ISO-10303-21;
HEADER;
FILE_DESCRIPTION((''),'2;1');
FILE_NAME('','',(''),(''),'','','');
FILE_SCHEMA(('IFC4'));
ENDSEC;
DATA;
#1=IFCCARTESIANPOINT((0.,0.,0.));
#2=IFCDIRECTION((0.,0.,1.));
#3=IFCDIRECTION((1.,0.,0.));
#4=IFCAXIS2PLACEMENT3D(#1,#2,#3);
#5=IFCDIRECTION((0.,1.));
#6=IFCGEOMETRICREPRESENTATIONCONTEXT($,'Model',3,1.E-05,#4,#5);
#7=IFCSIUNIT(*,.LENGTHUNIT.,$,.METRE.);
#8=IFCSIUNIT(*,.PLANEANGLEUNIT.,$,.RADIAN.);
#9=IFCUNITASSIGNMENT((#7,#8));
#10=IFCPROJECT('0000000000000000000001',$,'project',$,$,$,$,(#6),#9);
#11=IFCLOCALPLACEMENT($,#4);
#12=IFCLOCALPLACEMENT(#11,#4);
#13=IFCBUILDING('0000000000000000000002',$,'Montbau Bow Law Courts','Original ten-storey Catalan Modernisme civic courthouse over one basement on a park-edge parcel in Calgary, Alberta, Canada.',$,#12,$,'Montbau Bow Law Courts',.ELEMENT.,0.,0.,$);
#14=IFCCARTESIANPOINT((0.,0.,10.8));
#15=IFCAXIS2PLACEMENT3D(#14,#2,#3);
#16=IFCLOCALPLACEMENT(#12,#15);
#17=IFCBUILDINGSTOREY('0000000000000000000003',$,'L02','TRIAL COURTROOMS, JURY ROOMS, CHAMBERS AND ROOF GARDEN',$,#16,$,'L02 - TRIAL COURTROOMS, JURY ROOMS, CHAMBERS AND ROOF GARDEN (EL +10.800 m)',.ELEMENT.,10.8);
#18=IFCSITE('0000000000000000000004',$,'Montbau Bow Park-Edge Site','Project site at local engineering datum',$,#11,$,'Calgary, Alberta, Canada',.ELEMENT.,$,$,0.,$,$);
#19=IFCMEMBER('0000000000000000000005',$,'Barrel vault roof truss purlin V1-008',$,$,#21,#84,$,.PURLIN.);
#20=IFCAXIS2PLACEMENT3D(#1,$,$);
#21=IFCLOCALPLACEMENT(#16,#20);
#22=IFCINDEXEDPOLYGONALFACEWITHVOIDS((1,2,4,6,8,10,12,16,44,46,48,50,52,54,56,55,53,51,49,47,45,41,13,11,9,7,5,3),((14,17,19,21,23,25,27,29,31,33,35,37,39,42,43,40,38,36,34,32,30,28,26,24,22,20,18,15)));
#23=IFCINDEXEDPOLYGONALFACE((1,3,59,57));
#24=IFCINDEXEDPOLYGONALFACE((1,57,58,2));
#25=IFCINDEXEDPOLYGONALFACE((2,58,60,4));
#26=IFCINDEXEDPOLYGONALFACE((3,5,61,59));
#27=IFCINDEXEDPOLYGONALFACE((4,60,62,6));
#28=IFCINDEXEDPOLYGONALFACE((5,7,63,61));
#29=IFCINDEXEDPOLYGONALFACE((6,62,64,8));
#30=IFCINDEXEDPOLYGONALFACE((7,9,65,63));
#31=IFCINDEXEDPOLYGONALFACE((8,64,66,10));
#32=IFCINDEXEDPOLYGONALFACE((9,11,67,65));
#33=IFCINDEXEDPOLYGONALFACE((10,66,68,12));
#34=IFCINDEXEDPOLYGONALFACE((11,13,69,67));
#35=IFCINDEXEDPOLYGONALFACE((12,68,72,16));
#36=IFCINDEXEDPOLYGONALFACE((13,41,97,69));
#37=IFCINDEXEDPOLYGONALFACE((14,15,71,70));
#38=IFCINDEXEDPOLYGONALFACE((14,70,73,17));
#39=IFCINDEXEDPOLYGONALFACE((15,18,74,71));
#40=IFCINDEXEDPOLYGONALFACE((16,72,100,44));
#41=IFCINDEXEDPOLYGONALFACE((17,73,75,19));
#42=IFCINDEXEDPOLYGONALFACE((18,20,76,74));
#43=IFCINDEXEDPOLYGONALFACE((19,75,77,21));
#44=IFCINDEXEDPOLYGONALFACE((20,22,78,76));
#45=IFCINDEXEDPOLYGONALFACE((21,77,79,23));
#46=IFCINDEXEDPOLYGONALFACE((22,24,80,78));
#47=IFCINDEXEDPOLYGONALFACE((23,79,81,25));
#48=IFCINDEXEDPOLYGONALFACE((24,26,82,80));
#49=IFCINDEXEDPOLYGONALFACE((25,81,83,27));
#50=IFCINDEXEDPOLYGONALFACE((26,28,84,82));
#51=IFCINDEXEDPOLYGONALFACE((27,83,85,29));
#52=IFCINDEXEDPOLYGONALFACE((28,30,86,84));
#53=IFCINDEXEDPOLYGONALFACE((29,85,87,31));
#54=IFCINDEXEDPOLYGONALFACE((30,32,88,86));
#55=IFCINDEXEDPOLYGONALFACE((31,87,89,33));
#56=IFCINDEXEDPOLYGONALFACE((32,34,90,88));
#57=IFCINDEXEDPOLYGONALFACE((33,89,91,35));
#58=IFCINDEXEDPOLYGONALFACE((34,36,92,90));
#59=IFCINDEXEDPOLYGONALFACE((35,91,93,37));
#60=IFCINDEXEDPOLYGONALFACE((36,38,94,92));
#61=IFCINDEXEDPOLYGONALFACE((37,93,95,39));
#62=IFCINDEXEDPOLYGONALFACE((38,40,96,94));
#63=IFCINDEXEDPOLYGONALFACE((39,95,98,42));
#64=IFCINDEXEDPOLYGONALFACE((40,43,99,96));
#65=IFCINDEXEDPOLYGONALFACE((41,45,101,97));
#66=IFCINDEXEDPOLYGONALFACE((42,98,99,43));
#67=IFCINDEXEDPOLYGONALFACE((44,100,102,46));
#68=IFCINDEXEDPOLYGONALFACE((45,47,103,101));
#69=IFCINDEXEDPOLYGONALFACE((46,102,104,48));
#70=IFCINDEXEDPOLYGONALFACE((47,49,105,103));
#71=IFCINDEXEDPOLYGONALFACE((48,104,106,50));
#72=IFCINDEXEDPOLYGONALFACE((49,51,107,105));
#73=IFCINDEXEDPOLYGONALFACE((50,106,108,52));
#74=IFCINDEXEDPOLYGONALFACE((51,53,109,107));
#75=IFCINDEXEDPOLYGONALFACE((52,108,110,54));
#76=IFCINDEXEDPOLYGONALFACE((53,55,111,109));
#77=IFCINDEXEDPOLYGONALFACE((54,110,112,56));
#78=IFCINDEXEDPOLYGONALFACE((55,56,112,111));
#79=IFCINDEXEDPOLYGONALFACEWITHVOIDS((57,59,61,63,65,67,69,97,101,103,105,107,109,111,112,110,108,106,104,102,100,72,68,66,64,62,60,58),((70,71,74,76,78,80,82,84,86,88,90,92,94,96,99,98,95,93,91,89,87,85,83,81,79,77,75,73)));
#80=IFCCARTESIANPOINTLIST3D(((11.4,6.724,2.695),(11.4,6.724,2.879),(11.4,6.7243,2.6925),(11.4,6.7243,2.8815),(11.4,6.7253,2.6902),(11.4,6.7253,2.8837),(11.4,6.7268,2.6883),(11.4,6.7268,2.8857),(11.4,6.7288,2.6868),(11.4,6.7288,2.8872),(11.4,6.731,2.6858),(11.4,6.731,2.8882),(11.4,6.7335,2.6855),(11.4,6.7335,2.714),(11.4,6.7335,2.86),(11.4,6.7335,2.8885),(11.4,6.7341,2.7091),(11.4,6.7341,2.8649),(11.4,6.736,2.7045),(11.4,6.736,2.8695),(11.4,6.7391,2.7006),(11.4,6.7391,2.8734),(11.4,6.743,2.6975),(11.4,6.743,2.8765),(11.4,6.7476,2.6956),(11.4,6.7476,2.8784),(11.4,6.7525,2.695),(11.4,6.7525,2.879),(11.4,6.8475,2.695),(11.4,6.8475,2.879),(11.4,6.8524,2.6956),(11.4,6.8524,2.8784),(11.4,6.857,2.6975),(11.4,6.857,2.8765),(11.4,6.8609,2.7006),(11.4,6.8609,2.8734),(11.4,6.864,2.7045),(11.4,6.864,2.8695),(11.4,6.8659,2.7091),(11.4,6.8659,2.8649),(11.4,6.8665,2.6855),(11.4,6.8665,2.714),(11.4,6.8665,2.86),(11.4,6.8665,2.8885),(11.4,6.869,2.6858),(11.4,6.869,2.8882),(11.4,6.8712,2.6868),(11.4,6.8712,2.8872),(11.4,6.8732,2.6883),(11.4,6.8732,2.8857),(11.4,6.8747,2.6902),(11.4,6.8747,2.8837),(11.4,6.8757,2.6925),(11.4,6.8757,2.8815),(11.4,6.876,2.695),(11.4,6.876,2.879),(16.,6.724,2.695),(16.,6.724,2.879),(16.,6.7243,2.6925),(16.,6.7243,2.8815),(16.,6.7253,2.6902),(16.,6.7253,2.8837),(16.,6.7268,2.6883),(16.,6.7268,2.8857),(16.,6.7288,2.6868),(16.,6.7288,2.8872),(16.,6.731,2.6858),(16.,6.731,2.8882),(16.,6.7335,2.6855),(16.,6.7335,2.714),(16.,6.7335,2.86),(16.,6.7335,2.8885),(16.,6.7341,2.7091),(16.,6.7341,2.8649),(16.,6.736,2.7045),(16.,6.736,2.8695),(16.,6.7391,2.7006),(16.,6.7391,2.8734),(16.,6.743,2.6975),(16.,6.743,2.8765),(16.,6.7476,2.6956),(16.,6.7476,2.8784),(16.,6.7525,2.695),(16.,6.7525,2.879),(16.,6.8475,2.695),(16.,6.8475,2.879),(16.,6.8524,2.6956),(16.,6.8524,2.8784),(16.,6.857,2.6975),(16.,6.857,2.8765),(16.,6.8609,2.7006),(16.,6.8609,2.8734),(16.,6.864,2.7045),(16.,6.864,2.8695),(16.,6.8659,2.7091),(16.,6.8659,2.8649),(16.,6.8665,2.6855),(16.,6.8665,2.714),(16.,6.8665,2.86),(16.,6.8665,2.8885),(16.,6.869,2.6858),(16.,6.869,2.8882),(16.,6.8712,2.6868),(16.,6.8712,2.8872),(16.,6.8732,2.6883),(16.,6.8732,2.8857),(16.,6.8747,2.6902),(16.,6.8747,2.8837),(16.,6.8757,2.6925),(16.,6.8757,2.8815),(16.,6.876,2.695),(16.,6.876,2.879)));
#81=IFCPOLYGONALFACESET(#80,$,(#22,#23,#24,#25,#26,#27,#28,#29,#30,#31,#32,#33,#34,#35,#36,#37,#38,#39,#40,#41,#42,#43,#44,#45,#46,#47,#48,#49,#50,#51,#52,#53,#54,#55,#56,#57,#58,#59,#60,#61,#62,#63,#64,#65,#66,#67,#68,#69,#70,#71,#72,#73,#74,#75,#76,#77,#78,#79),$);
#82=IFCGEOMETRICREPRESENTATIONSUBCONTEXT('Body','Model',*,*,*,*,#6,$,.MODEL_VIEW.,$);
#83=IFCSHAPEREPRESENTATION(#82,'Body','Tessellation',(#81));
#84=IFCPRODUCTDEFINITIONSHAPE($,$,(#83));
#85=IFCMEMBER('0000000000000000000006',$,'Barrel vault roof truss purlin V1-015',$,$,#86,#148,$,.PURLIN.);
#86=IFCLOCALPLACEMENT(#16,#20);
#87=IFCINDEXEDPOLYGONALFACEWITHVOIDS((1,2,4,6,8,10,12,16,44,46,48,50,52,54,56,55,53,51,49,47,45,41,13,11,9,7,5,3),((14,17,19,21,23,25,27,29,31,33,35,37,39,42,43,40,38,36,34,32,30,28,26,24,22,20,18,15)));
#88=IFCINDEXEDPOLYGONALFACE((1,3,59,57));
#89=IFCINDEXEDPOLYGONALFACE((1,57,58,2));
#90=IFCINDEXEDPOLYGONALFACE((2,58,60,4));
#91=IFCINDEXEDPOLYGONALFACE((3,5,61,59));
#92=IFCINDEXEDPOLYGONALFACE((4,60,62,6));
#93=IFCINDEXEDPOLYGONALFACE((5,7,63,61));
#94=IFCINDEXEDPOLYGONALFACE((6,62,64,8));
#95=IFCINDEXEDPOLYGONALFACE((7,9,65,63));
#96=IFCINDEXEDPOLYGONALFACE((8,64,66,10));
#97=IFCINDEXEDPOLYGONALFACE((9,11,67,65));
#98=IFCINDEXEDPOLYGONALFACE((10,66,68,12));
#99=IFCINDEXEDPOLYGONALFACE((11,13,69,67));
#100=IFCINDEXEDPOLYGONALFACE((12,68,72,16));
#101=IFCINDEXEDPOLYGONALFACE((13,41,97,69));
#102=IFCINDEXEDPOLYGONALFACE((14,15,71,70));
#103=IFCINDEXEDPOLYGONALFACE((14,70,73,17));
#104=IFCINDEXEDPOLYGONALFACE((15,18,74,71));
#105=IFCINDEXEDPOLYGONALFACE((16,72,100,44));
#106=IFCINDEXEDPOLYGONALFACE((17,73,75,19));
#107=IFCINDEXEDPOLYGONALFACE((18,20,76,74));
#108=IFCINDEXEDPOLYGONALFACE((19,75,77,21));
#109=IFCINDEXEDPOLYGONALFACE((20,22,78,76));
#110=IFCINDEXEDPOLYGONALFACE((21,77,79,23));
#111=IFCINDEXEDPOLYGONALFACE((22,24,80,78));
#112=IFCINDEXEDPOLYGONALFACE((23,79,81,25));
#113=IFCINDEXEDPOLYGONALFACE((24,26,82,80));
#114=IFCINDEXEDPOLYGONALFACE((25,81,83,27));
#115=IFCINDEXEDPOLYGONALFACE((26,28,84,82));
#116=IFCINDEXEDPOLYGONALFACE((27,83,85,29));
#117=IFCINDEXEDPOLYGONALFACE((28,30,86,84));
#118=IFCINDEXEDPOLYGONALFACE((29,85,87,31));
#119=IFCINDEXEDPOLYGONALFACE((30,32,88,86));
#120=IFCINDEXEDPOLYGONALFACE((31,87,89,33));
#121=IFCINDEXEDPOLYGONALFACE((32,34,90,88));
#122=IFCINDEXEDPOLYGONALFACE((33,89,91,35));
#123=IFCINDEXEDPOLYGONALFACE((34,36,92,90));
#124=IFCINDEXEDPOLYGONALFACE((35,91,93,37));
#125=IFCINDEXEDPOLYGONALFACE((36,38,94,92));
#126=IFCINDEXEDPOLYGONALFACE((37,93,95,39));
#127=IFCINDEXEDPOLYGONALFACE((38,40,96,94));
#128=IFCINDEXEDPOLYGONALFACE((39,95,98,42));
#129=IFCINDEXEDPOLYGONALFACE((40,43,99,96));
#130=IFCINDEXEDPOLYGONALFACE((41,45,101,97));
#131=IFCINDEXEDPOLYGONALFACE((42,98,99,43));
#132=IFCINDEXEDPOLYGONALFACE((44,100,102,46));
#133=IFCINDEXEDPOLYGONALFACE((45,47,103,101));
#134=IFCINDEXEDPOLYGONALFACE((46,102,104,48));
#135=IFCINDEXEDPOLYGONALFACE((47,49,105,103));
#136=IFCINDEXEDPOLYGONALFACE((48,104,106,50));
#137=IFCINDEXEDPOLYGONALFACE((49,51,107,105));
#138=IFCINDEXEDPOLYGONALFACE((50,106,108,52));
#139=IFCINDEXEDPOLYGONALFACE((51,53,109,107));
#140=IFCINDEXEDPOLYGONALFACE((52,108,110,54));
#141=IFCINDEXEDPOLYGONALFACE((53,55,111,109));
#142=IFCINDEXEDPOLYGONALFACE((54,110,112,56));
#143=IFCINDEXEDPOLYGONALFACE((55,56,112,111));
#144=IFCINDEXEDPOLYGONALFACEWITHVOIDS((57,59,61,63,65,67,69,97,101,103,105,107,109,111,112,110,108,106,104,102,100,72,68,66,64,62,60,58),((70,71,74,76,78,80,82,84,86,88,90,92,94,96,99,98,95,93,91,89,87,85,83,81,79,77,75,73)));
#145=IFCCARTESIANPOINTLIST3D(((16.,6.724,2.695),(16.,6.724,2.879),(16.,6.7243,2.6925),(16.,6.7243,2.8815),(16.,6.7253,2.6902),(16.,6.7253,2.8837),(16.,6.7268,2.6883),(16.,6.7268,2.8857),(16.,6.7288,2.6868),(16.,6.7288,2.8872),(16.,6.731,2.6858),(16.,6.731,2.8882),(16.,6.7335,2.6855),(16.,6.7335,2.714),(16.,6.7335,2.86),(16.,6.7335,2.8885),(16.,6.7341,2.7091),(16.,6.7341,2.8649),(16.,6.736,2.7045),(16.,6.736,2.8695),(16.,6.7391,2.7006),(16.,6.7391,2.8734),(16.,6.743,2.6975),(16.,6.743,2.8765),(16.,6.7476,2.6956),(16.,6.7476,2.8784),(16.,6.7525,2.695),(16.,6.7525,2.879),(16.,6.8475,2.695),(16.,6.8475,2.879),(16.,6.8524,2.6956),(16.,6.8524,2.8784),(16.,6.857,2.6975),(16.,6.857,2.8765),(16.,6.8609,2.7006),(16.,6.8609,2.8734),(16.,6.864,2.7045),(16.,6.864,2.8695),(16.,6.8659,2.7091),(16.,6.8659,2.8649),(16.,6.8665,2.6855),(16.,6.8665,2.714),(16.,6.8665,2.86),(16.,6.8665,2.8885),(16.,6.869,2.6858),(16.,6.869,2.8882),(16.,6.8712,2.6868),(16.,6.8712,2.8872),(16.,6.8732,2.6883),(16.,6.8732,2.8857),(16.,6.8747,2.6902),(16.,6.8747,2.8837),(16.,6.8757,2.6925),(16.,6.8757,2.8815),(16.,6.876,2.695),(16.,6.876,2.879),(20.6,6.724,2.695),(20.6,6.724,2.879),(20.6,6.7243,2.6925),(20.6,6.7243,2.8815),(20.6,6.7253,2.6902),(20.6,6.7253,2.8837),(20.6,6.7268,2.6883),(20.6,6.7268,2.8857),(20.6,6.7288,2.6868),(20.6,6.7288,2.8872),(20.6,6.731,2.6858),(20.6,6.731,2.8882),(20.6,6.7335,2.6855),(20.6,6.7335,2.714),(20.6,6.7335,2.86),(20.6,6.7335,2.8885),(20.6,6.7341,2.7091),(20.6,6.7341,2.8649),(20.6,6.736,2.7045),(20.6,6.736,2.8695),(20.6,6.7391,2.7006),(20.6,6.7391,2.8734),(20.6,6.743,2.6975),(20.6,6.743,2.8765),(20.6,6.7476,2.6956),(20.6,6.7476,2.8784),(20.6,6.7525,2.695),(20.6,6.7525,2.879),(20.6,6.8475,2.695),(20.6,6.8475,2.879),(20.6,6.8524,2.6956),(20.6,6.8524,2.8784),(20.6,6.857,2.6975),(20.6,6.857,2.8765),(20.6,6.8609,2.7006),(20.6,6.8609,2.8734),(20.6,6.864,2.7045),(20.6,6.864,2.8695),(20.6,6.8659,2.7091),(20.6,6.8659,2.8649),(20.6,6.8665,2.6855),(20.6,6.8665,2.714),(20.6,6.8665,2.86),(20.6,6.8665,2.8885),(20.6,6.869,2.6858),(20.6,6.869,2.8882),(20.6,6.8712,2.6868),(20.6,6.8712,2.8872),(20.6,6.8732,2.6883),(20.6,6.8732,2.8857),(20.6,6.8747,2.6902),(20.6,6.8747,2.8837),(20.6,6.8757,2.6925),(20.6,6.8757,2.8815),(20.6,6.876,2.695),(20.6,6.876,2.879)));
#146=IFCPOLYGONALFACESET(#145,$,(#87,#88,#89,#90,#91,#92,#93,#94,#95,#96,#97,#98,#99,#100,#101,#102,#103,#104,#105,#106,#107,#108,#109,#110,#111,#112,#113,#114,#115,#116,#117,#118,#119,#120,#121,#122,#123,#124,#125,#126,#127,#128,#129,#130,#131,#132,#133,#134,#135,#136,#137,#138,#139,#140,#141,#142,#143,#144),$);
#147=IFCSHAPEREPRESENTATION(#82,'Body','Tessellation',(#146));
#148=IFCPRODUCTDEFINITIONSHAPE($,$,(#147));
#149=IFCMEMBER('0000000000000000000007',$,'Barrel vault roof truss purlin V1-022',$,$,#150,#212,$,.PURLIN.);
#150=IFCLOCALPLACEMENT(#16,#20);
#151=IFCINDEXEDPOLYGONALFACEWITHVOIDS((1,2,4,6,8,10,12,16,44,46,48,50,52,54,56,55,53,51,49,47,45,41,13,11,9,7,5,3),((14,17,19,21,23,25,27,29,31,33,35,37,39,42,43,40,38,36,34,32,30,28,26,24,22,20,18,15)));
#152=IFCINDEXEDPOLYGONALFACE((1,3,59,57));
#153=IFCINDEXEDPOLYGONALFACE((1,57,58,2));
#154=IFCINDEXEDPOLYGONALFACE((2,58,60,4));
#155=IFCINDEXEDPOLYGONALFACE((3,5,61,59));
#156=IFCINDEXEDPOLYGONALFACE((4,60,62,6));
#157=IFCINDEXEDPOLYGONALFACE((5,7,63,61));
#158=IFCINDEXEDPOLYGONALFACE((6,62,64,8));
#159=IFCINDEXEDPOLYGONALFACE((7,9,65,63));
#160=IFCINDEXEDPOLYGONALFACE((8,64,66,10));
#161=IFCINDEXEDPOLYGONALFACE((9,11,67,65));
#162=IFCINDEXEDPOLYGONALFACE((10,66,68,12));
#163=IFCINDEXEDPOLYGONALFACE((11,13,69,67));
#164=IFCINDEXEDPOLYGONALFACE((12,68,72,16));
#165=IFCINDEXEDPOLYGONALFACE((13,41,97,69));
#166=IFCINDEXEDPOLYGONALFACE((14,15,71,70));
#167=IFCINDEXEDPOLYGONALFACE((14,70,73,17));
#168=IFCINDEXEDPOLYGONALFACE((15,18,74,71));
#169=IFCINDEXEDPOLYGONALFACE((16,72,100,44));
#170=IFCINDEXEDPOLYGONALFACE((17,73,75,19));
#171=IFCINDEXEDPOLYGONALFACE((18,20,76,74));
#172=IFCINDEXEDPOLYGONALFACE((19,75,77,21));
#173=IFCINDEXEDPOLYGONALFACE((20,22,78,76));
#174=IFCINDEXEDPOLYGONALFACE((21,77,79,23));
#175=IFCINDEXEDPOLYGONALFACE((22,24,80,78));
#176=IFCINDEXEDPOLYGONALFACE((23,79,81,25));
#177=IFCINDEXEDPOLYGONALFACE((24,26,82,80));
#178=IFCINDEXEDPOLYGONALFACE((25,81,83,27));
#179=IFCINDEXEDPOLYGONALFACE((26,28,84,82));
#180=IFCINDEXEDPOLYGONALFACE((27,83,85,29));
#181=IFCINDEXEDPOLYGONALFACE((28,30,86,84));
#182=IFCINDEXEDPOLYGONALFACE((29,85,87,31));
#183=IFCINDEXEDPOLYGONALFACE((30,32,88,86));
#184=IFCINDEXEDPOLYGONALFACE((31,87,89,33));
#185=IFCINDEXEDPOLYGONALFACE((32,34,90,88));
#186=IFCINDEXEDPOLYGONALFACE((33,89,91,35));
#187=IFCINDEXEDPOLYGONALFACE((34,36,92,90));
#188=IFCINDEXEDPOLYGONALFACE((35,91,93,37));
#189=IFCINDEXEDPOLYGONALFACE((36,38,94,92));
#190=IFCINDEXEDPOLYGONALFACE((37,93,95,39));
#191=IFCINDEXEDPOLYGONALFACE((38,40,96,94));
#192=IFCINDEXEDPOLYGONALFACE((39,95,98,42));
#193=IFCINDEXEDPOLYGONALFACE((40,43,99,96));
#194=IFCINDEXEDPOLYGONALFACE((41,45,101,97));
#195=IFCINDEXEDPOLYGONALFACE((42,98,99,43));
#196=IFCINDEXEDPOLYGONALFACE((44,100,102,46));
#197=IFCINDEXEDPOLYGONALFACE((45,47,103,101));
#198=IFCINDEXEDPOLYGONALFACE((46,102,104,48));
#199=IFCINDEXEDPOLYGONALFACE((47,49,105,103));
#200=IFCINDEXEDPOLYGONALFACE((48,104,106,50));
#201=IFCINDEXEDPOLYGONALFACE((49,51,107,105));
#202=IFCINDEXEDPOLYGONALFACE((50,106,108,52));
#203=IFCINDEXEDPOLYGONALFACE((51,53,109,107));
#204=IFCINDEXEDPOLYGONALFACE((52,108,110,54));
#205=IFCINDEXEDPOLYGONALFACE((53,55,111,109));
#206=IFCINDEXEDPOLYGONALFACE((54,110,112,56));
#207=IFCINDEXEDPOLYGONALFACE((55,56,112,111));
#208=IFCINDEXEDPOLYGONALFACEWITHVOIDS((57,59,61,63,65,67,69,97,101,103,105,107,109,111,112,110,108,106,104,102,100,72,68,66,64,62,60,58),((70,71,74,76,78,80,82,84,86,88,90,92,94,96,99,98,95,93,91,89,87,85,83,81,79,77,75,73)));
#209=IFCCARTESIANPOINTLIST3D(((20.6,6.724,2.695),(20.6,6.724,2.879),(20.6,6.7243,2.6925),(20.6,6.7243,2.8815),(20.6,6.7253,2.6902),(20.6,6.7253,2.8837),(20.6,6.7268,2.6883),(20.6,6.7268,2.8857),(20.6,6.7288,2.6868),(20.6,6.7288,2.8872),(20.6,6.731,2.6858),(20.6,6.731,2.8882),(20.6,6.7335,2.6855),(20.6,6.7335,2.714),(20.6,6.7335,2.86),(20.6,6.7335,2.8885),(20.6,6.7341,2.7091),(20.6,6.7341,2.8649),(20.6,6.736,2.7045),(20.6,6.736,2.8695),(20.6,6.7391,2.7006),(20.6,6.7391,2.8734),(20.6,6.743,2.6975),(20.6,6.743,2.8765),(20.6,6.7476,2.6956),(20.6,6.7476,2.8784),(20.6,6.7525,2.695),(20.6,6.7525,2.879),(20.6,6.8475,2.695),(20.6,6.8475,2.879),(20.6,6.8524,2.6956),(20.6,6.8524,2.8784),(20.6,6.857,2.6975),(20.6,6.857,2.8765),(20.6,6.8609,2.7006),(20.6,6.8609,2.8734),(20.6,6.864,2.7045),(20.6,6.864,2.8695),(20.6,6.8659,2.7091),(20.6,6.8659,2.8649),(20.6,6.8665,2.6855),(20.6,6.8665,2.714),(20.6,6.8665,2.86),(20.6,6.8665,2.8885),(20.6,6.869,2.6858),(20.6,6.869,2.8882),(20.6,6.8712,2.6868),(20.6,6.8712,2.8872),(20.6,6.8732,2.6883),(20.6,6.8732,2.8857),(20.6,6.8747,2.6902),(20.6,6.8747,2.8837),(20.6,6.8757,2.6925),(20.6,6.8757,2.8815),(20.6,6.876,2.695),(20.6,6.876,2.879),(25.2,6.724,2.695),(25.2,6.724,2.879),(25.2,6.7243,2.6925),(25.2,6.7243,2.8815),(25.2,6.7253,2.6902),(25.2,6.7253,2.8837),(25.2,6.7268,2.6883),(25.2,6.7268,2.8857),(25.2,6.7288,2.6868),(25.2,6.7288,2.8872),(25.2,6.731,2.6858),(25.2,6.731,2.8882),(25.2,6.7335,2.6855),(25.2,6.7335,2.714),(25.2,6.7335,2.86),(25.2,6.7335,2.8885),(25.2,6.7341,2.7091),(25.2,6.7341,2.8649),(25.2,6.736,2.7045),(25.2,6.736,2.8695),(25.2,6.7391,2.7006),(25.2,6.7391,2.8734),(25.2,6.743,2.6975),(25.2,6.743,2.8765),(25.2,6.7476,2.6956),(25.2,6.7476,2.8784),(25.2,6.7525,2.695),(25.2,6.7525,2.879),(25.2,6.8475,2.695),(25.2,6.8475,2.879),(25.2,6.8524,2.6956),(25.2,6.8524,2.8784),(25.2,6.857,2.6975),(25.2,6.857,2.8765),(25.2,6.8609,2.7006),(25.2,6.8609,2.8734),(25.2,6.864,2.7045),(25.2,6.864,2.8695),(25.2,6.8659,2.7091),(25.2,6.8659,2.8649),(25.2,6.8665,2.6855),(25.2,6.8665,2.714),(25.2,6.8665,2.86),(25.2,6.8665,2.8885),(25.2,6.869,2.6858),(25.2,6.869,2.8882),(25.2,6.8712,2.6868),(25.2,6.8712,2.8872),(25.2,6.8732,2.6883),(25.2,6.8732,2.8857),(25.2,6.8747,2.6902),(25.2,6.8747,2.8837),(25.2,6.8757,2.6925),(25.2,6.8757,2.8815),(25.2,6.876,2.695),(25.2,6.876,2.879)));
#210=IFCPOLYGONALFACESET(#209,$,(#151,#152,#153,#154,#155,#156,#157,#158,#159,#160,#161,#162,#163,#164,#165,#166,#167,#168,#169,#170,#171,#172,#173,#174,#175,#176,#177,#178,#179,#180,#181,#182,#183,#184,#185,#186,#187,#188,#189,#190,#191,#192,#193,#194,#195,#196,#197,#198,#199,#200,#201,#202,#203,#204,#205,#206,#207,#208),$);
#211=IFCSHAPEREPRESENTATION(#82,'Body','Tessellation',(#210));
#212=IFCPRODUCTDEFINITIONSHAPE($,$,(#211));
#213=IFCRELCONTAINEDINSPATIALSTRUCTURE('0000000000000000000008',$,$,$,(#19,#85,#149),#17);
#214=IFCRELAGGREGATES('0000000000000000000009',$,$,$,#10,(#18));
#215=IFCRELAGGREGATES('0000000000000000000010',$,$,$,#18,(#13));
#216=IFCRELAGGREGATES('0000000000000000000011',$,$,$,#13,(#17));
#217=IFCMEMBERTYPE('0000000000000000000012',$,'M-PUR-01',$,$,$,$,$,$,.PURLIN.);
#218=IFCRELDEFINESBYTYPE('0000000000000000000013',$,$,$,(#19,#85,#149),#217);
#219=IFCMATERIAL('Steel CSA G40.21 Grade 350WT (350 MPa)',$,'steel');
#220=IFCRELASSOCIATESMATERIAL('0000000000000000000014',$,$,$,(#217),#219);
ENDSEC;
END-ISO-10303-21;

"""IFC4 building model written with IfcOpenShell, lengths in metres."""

from ifc_helpers import new_model, si_unit, direction, frame, origin_with_axes, origin_2d_with_axis, place, context, subcontext, project, spatial, hollow_rectangle, extrude, material, material_profile, profile_set, type_object, element, save


model = new_model("IFC4")

# Units and contexts
model_context = context("Model", 3, precision=1e-05, world=origin_with_axes(), true_north=direction((0.0, 1.0)))
body_context = subcontext(model_context, "Body", "Model", "MODEL_VIEW")
ifc_project = project(units=[si_unit("LENGTHUNIT", "METRE"), si_unit("PLANEANGLEUNIT", "RADIAN")], contexts=[model_context])

# Site, building, storey
site_placement = place(None, origin_with_axes())
site = spatial("IfcSite", under=ifc_project, at=site_placement, Name="Montbau Bow Park-Edge Site", Description="Project site at local engineering datum", LongName="Calgary, Alberta, Canada", CompositionType="ELEMENT", RefElevation=0.0)
building_placement = place(site_placement, origin_with_axes())
building = spatial("IfcBuilding", under=site, at=building_placement, Name="Montbau Bow Law Courts", Description="Original ten-storey Catalan Modernisme civic courthouse over one basement on a park-edge parcel in Calgary, Alberta, Canada.", LongName="Montbau Bow Law Courts", CompositionType="ELEMENT", ElevationOfRefHeight=0.0, ElevationOfTerrain=0.0)
storey_placement = place(building_placement, frame((0.0, 0.0, 10.8), z_axis=(0.0, 0.0, 1.0), x_axis=(1.0, 0.0, 0.0)))
storey = spatial("IfcBuildingStorey", under=building, at=storey_placement, Name="L02", Description="TRIAL COURTROOMS, JURY ROOMS, CHAMBERS AND ROOF GARDEN", LongName="L02 - TRIAL COURTROOMS, JURY ROOMS, CHAMBERS AND ROOF GARDEN (EL +10.800 m)", CompositionType="ELEMENT", Elevation=10.8)

# Shared definitions
ifc_material_1 = material(Name="Steel CSA G40.21 Grade 350WT (350 MPa)", Category="steel")

# Members
ifc_material_profile_1 = material_profile(ifc_material_1, hollow_rectangle(XDim=0.152, YDim=0.203, WallThickness=0.0095, InnerFilletRadius=0.019, OuterFilletRadius=0.0095, at=origin_2d_with_axis()), Name="HSS203X152X9.5", Category="Main", Priority=0)
ifc_profile_set_1 = profile_set([ifc_material_profile_1], Name="Steel CSA G40.21 Grade 350WT (350 MPa)")
member_type_1 = type_object("IfcMemberType", Name="M-PUR-01", PredefinedType="PURLIN", material=ifc_profile_set_1)
for number, where, z_axis, x_axis, name in (
    (1, (11.4, 6.8, 13.587), (1.0, 0.0, 0.0), (0.0, 1.0, 0.0), "Barrel vault roof truss purlin V1-008"),
    (2, (16.0, 6.8, 13.587), (1.0, 0.0, 0.0), (0.0, 1.0, 0.0), "Barrel vault roof truss purlin V1-015"),
    (3, (20.6, 6.8, 13.587), (1.0, 0.0, 0.0), (0.0, 1.0, 0.0), "Barrel vault roof truss purlin V1-022"),
):
    element("IfcMember", number, at=place(None, frame(where, z_axis=z_axis, x_axis=x_axis)), inside=storey, type_object=member_type_1, Name=name, PredefinedType="PURLIN", context=body_context, shape_type="SweptSolid", body=[
        extrude(hollow_rectangle(XDim=0.152, YDim=0.203, WallThickness=0.0095, InnerFilletRadius=0.019, OuterFilletRadius=0.0095, at=origin_2d_with_axis()), origin_with_axes(), (0.0, 0.0, 1.0), 4.6),
    ])

save(model, "model.ifc")
